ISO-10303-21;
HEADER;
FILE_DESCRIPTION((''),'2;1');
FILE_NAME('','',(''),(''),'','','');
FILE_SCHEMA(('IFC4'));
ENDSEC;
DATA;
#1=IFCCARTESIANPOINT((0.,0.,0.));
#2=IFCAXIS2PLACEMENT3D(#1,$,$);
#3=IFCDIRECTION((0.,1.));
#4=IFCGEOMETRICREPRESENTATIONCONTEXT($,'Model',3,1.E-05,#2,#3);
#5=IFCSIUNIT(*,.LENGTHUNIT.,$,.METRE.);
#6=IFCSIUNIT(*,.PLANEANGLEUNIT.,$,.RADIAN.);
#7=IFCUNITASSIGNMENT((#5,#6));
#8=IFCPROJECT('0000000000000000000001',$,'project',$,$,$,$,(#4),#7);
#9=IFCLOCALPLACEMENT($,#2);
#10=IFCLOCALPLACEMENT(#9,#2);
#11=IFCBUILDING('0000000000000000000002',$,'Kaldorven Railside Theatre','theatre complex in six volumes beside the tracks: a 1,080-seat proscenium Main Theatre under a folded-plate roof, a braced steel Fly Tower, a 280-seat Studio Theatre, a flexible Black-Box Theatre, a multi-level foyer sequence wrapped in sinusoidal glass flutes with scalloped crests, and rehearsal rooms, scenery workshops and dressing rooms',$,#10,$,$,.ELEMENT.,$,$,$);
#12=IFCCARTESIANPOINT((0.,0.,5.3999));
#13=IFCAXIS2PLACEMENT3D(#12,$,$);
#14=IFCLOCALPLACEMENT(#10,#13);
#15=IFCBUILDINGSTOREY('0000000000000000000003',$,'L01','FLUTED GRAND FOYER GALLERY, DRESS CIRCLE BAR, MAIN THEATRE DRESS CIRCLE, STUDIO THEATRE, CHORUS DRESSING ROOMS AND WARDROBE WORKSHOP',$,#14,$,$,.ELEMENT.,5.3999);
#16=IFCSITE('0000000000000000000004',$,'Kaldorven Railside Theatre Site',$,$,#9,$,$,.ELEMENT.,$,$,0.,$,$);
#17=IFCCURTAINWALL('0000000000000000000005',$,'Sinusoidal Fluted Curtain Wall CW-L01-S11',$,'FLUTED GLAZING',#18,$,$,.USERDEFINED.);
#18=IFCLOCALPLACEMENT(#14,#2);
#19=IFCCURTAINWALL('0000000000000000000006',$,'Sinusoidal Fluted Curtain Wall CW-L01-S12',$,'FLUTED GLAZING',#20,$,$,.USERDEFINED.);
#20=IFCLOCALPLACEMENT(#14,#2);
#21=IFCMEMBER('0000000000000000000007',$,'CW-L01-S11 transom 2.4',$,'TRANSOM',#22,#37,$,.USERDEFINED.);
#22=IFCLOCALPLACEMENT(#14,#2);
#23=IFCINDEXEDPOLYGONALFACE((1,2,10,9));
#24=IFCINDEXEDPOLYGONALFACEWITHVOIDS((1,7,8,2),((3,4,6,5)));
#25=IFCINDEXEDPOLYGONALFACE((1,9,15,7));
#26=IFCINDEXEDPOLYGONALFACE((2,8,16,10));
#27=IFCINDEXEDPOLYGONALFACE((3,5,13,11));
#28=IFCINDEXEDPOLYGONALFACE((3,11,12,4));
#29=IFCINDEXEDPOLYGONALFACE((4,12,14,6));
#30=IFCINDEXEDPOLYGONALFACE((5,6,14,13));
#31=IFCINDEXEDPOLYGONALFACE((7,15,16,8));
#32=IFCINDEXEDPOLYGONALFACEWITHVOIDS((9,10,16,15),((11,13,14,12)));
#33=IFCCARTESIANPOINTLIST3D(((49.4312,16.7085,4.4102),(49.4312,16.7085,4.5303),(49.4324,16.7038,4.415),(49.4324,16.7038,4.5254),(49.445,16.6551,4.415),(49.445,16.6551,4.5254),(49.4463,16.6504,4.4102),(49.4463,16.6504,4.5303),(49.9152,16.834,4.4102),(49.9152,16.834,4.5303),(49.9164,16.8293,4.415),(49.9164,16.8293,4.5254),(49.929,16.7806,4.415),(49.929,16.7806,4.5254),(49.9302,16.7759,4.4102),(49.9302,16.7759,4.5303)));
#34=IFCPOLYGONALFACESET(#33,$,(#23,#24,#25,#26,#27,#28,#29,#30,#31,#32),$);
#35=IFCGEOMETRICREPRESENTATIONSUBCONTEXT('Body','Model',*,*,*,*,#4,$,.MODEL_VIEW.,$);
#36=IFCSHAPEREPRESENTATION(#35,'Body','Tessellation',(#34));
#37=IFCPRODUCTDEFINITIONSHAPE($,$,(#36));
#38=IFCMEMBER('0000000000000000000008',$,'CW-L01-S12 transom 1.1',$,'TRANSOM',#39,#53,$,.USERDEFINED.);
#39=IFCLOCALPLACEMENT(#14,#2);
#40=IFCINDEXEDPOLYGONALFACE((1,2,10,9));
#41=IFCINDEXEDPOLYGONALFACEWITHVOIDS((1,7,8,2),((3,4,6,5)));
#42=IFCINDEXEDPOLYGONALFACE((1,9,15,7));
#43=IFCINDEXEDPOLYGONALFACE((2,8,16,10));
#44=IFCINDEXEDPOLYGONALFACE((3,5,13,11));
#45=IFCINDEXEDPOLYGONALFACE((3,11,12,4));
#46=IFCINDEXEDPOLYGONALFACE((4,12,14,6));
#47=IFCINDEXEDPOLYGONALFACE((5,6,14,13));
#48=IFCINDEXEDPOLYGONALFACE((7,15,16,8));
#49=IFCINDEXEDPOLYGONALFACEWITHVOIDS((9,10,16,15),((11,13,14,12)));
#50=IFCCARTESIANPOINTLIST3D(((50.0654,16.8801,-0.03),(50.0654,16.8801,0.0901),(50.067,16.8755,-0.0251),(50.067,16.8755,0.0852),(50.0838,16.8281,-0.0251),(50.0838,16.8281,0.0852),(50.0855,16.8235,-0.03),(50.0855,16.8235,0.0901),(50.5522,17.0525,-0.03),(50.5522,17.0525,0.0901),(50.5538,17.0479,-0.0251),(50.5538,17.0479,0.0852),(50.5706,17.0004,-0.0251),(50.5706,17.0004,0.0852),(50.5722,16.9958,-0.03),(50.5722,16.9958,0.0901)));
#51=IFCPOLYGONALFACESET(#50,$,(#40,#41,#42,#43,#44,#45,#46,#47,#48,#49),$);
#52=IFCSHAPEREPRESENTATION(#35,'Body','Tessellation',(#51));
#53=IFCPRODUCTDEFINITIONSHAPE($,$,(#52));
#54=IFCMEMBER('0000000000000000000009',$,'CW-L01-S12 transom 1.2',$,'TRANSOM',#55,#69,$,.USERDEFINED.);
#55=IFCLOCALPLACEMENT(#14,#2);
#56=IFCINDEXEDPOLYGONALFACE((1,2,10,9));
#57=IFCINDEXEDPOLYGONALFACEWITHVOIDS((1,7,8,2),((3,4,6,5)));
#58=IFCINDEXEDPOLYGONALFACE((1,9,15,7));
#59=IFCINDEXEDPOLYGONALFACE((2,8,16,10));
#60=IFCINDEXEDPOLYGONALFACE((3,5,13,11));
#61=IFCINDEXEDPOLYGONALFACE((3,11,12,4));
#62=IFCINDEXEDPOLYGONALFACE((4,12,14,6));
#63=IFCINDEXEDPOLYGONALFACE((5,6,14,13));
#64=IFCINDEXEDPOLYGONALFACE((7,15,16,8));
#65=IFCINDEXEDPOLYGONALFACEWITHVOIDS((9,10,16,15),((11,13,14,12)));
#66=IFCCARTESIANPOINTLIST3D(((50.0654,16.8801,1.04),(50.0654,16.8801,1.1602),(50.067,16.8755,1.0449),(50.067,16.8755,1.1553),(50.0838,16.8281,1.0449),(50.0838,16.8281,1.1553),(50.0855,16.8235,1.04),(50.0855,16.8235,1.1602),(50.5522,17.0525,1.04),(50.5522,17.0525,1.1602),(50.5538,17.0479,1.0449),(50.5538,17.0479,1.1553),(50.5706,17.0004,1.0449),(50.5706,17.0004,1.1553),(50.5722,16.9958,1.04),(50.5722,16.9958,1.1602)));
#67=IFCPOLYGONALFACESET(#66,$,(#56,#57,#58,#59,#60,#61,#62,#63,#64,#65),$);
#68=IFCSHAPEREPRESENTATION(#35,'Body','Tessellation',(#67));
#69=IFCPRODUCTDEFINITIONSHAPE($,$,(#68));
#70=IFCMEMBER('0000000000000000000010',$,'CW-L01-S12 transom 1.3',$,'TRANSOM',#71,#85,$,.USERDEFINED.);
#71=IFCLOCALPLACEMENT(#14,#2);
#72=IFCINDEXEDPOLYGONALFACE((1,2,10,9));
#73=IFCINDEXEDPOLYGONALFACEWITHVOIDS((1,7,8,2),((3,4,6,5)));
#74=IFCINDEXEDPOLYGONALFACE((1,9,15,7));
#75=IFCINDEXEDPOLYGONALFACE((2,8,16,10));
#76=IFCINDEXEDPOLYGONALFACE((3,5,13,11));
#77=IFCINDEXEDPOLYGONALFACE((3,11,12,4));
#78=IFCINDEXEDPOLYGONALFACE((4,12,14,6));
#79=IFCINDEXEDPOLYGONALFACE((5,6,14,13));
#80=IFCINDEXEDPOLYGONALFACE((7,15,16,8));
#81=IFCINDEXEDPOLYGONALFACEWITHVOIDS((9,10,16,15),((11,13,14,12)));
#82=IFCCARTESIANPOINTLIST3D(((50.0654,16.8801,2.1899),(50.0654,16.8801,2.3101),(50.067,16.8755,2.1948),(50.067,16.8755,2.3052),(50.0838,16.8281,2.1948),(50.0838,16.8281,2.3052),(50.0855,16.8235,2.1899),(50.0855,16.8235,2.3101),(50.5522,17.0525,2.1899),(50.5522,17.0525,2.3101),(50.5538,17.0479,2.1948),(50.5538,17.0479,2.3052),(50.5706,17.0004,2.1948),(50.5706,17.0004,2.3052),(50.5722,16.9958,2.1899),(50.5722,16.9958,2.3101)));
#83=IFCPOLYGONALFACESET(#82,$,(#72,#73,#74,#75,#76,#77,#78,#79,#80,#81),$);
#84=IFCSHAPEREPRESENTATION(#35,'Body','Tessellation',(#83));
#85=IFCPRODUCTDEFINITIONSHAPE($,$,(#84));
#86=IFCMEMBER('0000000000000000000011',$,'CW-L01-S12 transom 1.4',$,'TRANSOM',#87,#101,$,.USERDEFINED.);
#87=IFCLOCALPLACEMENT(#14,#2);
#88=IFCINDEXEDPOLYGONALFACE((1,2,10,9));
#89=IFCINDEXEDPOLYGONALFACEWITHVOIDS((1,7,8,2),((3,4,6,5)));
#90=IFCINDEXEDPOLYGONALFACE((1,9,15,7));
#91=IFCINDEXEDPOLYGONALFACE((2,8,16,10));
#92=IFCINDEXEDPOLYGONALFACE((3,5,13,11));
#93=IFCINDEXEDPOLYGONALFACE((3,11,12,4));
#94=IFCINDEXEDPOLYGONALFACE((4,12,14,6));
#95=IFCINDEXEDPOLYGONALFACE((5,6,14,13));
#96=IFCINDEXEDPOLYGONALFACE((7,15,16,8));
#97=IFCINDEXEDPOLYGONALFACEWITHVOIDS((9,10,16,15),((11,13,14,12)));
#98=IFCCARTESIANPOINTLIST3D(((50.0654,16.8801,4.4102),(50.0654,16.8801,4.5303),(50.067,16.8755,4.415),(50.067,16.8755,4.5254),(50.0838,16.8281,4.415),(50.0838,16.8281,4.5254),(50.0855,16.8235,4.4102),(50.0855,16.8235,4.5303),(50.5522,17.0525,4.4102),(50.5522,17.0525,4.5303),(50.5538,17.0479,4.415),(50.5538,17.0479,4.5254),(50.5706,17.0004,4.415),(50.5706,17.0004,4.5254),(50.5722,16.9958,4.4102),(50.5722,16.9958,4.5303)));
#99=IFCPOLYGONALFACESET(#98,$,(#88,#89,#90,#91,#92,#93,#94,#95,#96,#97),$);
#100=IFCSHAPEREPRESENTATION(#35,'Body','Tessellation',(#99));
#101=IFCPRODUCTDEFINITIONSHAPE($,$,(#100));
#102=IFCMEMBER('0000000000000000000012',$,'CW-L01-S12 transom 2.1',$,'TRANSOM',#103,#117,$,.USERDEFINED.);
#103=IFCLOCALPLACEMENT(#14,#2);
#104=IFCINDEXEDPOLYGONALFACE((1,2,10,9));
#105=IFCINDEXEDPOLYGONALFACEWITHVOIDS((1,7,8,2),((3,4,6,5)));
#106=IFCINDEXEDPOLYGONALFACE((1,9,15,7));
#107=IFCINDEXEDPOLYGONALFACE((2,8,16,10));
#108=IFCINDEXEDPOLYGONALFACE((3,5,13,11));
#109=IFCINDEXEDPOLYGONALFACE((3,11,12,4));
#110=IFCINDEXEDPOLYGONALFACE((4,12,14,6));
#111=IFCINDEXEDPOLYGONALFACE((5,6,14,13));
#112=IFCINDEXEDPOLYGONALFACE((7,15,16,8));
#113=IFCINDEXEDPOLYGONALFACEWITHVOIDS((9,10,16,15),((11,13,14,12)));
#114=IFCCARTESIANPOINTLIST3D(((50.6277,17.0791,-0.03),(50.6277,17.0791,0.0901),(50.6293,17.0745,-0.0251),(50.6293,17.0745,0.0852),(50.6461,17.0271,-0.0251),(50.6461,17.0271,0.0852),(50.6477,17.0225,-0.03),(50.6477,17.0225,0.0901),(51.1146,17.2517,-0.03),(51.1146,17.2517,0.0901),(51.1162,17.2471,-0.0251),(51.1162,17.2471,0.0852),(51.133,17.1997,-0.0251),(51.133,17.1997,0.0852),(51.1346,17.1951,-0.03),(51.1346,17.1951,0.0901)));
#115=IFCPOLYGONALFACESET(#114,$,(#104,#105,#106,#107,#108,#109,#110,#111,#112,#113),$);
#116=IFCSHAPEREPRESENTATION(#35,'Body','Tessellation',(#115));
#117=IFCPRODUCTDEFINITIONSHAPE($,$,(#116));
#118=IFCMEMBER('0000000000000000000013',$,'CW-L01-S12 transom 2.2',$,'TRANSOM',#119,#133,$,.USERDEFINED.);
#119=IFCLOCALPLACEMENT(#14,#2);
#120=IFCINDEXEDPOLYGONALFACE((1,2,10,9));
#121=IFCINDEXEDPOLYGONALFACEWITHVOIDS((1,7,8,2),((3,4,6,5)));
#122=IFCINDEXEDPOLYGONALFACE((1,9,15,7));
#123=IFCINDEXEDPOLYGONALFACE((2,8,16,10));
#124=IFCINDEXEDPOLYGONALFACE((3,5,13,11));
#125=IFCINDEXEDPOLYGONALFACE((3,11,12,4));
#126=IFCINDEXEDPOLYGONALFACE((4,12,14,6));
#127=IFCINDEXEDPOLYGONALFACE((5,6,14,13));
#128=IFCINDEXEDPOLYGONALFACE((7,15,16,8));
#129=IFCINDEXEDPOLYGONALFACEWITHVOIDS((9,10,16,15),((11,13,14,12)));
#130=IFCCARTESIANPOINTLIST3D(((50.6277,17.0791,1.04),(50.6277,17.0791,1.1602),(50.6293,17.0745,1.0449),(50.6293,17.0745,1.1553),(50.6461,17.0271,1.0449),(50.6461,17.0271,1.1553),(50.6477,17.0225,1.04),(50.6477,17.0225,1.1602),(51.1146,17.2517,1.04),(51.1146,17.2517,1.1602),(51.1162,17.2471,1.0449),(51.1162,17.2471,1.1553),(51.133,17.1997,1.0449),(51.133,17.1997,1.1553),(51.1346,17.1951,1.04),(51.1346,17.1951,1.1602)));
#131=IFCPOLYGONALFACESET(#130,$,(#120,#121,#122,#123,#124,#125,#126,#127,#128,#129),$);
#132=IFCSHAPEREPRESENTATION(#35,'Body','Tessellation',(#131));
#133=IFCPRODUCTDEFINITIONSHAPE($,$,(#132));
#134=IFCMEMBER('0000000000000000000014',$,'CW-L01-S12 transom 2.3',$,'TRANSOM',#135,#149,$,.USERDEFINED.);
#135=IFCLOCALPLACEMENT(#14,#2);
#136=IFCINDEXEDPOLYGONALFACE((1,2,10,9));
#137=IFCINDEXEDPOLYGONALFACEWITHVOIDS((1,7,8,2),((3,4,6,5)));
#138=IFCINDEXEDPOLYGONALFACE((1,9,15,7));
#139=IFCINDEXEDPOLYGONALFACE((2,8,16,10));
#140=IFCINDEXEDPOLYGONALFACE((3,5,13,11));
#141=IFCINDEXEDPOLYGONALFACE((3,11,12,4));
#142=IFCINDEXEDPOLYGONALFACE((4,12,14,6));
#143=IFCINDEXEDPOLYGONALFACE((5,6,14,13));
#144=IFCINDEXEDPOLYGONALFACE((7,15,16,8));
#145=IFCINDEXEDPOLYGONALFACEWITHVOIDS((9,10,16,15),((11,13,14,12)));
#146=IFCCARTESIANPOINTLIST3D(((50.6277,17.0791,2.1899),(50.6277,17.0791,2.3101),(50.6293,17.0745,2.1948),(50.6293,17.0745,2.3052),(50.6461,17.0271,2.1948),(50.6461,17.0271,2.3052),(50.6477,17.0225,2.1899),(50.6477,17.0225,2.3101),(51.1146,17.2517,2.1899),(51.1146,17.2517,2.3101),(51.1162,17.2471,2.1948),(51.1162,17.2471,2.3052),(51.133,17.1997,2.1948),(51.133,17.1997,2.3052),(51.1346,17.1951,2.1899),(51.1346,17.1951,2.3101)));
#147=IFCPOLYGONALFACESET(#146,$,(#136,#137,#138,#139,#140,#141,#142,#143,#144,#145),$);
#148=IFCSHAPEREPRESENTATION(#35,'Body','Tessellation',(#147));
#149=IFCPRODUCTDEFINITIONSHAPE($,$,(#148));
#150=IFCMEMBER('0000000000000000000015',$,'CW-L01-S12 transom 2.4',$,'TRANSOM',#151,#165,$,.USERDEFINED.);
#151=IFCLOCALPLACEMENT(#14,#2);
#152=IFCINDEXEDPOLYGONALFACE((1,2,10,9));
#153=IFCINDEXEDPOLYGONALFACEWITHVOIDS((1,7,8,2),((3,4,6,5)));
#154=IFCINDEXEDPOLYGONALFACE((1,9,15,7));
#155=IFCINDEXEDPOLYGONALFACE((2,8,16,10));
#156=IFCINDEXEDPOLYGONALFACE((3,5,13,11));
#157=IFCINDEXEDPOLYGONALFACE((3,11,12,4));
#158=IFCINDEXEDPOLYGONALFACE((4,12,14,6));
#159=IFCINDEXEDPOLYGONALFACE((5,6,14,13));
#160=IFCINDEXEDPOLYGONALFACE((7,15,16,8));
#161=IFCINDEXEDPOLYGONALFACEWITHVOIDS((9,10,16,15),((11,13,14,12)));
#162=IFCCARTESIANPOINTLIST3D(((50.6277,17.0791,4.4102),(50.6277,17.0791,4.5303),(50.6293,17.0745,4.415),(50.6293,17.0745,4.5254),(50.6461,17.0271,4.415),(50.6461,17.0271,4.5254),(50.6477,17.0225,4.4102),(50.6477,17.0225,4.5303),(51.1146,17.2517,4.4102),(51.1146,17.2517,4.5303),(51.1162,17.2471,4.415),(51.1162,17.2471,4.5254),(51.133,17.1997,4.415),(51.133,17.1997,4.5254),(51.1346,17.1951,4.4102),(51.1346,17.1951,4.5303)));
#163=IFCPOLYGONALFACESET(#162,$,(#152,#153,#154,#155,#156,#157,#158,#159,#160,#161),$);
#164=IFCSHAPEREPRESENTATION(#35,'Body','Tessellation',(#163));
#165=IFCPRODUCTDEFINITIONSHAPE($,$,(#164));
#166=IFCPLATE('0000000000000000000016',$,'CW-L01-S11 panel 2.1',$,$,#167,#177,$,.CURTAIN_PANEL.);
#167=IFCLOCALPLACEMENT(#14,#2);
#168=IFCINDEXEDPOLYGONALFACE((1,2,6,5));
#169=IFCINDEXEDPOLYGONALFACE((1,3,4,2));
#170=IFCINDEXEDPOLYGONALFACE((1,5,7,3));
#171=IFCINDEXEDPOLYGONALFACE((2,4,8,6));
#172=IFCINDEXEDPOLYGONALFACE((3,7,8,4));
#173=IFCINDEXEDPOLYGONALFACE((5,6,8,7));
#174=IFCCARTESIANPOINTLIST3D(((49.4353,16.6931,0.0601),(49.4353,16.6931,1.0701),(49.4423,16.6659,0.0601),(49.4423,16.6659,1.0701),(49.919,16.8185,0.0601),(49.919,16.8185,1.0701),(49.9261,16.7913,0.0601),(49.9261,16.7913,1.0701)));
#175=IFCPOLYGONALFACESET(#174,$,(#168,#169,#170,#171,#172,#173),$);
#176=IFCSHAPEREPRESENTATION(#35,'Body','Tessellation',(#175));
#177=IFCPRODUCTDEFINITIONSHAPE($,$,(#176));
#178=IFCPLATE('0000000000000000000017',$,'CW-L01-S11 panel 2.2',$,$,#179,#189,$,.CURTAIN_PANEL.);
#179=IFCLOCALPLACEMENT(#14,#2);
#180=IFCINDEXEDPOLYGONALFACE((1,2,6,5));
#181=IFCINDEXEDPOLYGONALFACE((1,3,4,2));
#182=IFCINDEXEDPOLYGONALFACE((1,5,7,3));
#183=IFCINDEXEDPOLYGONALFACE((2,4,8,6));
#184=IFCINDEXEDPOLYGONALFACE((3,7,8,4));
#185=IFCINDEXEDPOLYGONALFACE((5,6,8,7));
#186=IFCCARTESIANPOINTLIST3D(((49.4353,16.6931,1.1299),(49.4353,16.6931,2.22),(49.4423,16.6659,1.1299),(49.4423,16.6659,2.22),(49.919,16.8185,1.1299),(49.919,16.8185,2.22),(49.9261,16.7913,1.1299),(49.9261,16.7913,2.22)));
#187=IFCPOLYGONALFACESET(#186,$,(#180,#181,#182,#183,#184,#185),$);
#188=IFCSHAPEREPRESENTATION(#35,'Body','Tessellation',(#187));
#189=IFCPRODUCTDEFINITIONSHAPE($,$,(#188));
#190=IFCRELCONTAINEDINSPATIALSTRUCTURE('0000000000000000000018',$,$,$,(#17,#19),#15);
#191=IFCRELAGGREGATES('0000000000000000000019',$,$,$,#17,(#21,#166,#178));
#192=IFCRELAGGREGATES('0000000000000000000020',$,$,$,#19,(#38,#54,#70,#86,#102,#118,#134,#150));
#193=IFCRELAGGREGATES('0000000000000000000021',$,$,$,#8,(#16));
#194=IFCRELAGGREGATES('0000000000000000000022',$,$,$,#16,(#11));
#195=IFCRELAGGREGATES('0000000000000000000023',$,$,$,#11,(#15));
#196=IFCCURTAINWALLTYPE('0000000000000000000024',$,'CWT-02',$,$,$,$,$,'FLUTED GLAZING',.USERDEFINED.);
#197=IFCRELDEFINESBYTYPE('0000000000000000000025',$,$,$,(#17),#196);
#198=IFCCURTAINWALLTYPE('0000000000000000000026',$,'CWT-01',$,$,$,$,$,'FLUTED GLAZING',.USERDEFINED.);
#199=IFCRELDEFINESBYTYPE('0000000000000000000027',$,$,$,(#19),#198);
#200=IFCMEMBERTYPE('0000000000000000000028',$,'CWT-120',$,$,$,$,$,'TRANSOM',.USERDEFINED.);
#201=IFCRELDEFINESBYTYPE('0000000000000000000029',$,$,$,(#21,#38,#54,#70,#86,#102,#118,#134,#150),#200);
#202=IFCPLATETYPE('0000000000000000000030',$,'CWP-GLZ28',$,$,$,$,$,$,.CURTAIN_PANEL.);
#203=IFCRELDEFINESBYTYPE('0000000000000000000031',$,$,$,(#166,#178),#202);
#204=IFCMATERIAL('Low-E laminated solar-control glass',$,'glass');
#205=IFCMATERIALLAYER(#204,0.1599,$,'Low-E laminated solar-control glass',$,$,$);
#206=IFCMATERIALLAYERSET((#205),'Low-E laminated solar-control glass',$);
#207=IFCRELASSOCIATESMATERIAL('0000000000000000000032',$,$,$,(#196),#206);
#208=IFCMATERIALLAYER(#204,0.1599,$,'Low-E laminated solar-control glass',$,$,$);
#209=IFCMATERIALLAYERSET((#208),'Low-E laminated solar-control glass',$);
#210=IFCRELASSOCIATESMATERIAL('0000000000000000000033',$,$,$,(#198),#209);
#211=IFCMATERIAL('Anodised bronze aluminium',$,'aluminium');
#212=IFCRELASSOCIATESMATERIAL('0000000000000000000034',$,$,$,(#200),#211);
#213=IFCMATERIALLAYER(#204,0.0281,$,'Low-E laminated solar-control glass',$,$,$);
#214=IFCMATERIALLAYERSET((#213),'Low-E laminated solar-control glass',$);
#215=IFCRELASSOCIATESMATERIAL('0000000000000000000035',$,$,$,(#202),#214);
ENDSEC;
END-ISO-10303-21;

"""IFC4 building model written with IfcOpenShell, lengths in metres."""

from ifc_helpers import new_model, si_unit, direction, frame, origin, origin_2d, place, context, subcontext, project, spatial, rectangle, hollow_rectangle, extrude, material, layer, layer_set, material_profile, profile_set, type_object, element, aggregate, save


model = new_model("IFC4")

# Units and contexts
model_context = context("Model", 3, precision=1e-05, world=origin(), true_north=direction((0.0, 1.0)))
body_context = subcontext(model_context, "Body", "Model", "MODEL_VIEW")
ifc_project = project(units=[si_unit("LENGTHUNIT", "METRE"), si_unit("PLANEANGLEUNIT", "RADIAN")], contexts=[model_context])

# Site, building, storey
site_placement = place(None, origin())
site = spatial("IfcSite", under=ifc_project, at=site_placement, Name="Kaldorven Railside Theatre Site", CompositionType="ELEMENT", RefElevation=0.0)
building_placement = place(site_placement, origin())
building = spatial("IfcBuilding", under=site, at=building_placement, Name="Kaldorven Railside Theatre", Description="theatre complex in six volumes beside the tracks: a 1,080-seat proscenium Main Theatre under a folded-plate roof, a braced steel Fly Tower, a 280-seat Studio Theatre, a flexible Black-Box Theatre, a multi-level foyer sequence wrapped in sinusoidal glass flutes with scalloped crests, and rehearsal rooms, scenery workshops and dressing rooms", CompositionType="ELEMENT")
storey_placement = place(building_placement, frame((0.0, 0.0, 5.3999)))
storey = spatial("IfcBuildingStorey", under=building, at=storey_placement, Name="L01", Description="FLUTED GRAND FOYER GALLERY, DRESS CIRCLE BAR, MAIN THEATRE DRESS CIRCLE, STUDIO THEATRE, CHORUS DRESSING ROOMS AND WARDROBE WORKSHOP", CompositionType="ELEMENT", Elevation=5.3999)

# Curtain walls
ifc_material_1 = material(Name="Low-E laminated solar-control glass", Category="glass")
ifc_layer_1 = layer(ifc_material_1, 0.1599, Name="Low-E laminated solar-control glass")
ifc_layer_set_1 = layer_set([ifc_layer_1], Name="Low-E laminated solar-control glass")
curtain_wall_type_1 = type_object("IfcCurtainWallType", Name="CWT-02", ElementType="FLUTED GLAZING", PredefinedType="USERDEFINED", material=ifc_layer_set_1)
curtain_wall_1_placement = place(storey_placement, origin())
curtain_wall_1 = element("IfcCurtainWall", 1, at=curtain_wall_1_placement, inside=storey, type_object=curtain_wall_type_1, Name="Sinusoidal Fluted Curtain Wall CW-L01-S11", ObjectType="FLUTED GLAZING", PredefinedType="USERDEFINED")
ifc_material_2 = material(Name="Anodised bronze aluminium", Category="aluminium")
ifc_layer_2 = layer(ifc_material_1, 0.1599, Name="Low-E laminated solar-control glass")
ifc_layer_set_2 = layer_set([ifc_layer_2], Name="Low-E laminated solar-control glass")
curtain_wall_type_2 = type_object("IfcCurtainWallType", Name="CWT-01", ElementType="FLUTED GLAZING", PredefinedType="USERDEFINED", material=ifc_layer_set_2)
curtain_wall_2_placement = place(storey_placement, origin())
curtain_wall_2 = element("IfcCurtainWall", 2, at=curtain_wall_2_placement, inside=storey, type_object=curtain_wall_type_2, Name="Sinusoidal Fluted Curtain Wall CW-L01-S12", ObjectType="FLUTED GLAZING", PredefinedType="USERDEFINED")

# Members
ifc_material_profile_1 = material_profile(ifc_material_2, hollow_rectangle(XDim=0.0601, YDim=0.1201, WallThickness=0.0049, at=origin_2d()), Name="RHS 120x60x5")
ifc_profile_set_1 = profile_set([ifc_material_profile_1], Name="Anodised bronze aluminium")
member_type_1 = type_object("IfcMemberType", Name="CWT-120", ElementType="TRANSOM", PredefinedType="USERDEFINED", material=ifc_profile_set_1)
member_1_placement = place(storey_placement, frame((49.4387, 16.6794, 4.4702), z_axis=(0.967979, 0.25103, 0.0), x_axis=(-0.25103, 0.967979, 0.0)))
member_1 = element("IfcMember", 3, at=member_1_placement, type_object=member_type_1, Name="CW-L01-S11 transom 2.4", ObjectType="TRANSOM", PredefinedType="USERDEFINED", context=body_context, shape_type="SweptSolid", body=[
    extrude(hollow_rectangle(XDim=0.0601, YDim=0.1201, WallThickness=0.0049, at=origin_2d()), origin(), (0.0, 0.0, 1.0), 0.5),
])
member_2_placement = place(storey_placement, frame((50.0754, 16.8518, 0.03), z_axis=(0.942658, 0.33376, 0.0), x_axis=(-0.33376, 0.942658, 0.0)))
member_2 = element("IfcMember", 4, at=member_2_placement, type_object=member_type_1, Name="CW-L01-S12 transom 1.1", ObjectType="TRANSOM", PredefinedType="USERDEFINED", context=body_context, shape_type="SweptSolid", body=[
    extrude(hollow_rectangle(XDim=0.0601, YDim=0.1201, WallThickness=0.0049, at=origin_2d()), origin(), (0.0, 0.0, 1.0), 0.5164),
])
member_3_placement = place(storey_placement, frame((50.0754, 16.8518, 1.1001), z_axis=(0.942658, 0.33376, 0.0), x_axis=(-0.33376, 0.942658, 0.0)))
member_3 = element("IfcMember", 5, at=member_3_placement, type_object=member_type_1, Name="CW-L01-S12 transom 1.2", ObjectType="TRANSOM", PredefinedType="USERDEFINED", context=body_context, shape_type="SweptSolid", body=[
    extrude(hollow_rectangle(XDim=0.0601, YDim=0.1201, WallThickness=0.0049, at=origin_2d()), origin(), (0.0, 0.0, 1.0), 0.5164),
])
member_4_placement = place(storey_placement, frame((50.0754, 16.8518, 2.25), z_axis=(0.942658, 0.33376, 0.0), x_axis=(-0.33376, 0.942658, 0.0)))
member_4 = element("IfcMember", 6, at=member_4_placement, type_object=member_type_1, Name="CW-L01-S12 transom 1.3", ObjectType="TRANSOM", PredefinedType="USERDEFINED", context=body_context, shape_type="SweptSolid", body=[
    extrude(hollow_rectangle(XDim=0.0601, YDim=0.1201, WallThickness=0.0049, at=origin_2d()), origin(), (0.0, 0.0, 1.0), 0.5164),
])
member_5_placement = place(storey_placement, frame((50.0754, 16.8518, 4.4702), z_axis=(0.942658, 0.33376, 0.0), x_axis=(-0.33376, 0.942658, 0.0)))
member_5 = element("IfcMember", 7, at=member_5_placement, type_object=member_type_1, Name="CW-L01-S12 transom 1.4", ObjectType="TRANSOM", PredefinedType="USERDEFINED", context=body_context, shape_type="SweptSolid", body=[
    extrude(hollow_rectangle(XDim=0.0601, YDim=0.1201, WallThickness=0.0049, at=origin_2d()), origin(), (0.0, 0.0, 1.0), 0.5164),
])
member_6_placement = place(storey_placement, frame((50.6377, 17.0508, 0.03), z_axis=(0.942509, 0.33418, 0.0), x_axis=(-0.33418, 0.942509, 0.0)))
member_6 = element("IfcMember", 8, at=member_6_placement, type_object=member_type_1, Name="CW-L01-S12 transom 2.1", ObjectType="TRANSOM", PredefinedType="USERDEFINED", context=body_context, shape_type="SweptSolid", body=[
    extrude(hollow_rectangle(XDim=0.0601, YDim=0.1201, WallThickness=0.0049, at=origin_2d()), origin(), (0.0, 0.0, 1.0), 0.5166),
])
member_7_placement = place(storey_placement, frame((50.6377, 17.0508, 1.1001), z_axis=(0.942509, 0.33418, 0.0), x_axis=(-0.33418, 0.942509, 0.0)))
member_7 = element("IfcMember", 9, at=member_7_placement, type_object=member_type_1, Name="CW-L01-S12 transom 2.2", ObjectType="TRANSOM", PredefinedType="USERDEFINED", context=body_context, shape_type="SweptSolid", body=[
    extrude(hollow_rectangle(XDim=0.0601, YDim=0.1201, WallThickness=0.0049, at=origin_2d()), origin(), (0.0, 0.0, 1.0), 0.5166),
])
member_8_placement = place(storey_placement, frame((50.6377, 17.0508, 2.25), z_axis=(0.942509, 0.33418, 0.0), x_axis=(-0.33418, 0.942509, 0.0)))
member_8 = element("IfcMember", 10, at=member_8_placement, type_object=member_type_1, Name="CW-L01-S12 transom 2.3", ObjectType="TRANSOM", PredefinedType="USERDEFINED", context=body_context, shape_type="SweptSolid", body=[
    extrude(hollow_rectangle(XDim=0.0601, YDim=0.1201, WallThickness=0.0049, at=origin_2d()), origin(), (0.0, 0.0, 1.0), 0.5166),
])
member_9_placement = place(storey_placement, frame((50.6377, 17.0508, 4.4702), z_axis=(0.942509, 0.33418, 0.0), x_axis=(-0.33418, 0.942509, 0.0)))
member_9 = element("IfcMember", 11, at=member_9_placement, type_object=member_type_1, Name="CW-L01-S12 transom 2.4", ObjectType="TRANSOM", PredefinedType="USERDEFINED", context=body_context, shape_type="SweptSolid", body=[
    extrude(hollow_rectangle(XDim=0.0601, YDim=0.1201, WallThickness=0.0049, at=origin_2d()), origin(), (0.0, 0.0, 1.0), 0.5166),
])

# Plates
ifc_layer_3 = layer(ifc_material_1, 0.0281, Name="Low-E laminated solar-control glass")
ifc_layer_set_3 = layer_set([ifc_layer_3], Name="Low-E laminated solar-control glass")
plate_type = type_object("IfcPlateType", Name="CWP-GLZ28", PredefinedType="CURTAIN_PANEL", material=ifc_layer_set_3)
plate_1_placement = place(storey_placement, frame((49.6807, 16.7422, 0.0601), z_axis=(0.0, 0.0, 1.0), x_axis=(0.967999, 0.250954, 0.0)))
plate_1 = element("IfcPlate", 12, at=plate_1_placement, type_object=plate_type, Name="CW-L01-S11 panel 2.1", PredefinedType="CURTAIN_PANEL", context=body_context, shape_type="SweptSolid", body=[
    extrude(rectangle(XDim=0.4998, YDim=0.0281, at=origin_2d()), origin(), (0.0, 0.0, 1.0), 1.01),
])
plate_2_placement = place(storey_placement, frame((49.6807, 16.7422, 1.1299), z_axis=(0.0, 0.0, 1.0), x_axis=(0.967999, 0.250954, 0.0)))
plate_2 = element("IfcPlate", 13, at=plate_2_placement, type_object=plate_type, Name="CW-L01-S11 panel 2.2", PredefinedType="CURTAIN_PANEL", context=body_context, shape_type="SweptSolid", body=[
    extrude(rectangle(XDim=0.4998, YDim=0.0281, at=origin_2d()), origin(), (0.0, 0.0, 1.0), 1.0901),
])
aggregate(curtain_wall_1, [member_1, plate_1, plate_2])
aggregate(curtain_wall_2, [member_2, member_3, member_4, member_5, member_6, member_7, member_8, member_9])

save(model, "model.ifc")
